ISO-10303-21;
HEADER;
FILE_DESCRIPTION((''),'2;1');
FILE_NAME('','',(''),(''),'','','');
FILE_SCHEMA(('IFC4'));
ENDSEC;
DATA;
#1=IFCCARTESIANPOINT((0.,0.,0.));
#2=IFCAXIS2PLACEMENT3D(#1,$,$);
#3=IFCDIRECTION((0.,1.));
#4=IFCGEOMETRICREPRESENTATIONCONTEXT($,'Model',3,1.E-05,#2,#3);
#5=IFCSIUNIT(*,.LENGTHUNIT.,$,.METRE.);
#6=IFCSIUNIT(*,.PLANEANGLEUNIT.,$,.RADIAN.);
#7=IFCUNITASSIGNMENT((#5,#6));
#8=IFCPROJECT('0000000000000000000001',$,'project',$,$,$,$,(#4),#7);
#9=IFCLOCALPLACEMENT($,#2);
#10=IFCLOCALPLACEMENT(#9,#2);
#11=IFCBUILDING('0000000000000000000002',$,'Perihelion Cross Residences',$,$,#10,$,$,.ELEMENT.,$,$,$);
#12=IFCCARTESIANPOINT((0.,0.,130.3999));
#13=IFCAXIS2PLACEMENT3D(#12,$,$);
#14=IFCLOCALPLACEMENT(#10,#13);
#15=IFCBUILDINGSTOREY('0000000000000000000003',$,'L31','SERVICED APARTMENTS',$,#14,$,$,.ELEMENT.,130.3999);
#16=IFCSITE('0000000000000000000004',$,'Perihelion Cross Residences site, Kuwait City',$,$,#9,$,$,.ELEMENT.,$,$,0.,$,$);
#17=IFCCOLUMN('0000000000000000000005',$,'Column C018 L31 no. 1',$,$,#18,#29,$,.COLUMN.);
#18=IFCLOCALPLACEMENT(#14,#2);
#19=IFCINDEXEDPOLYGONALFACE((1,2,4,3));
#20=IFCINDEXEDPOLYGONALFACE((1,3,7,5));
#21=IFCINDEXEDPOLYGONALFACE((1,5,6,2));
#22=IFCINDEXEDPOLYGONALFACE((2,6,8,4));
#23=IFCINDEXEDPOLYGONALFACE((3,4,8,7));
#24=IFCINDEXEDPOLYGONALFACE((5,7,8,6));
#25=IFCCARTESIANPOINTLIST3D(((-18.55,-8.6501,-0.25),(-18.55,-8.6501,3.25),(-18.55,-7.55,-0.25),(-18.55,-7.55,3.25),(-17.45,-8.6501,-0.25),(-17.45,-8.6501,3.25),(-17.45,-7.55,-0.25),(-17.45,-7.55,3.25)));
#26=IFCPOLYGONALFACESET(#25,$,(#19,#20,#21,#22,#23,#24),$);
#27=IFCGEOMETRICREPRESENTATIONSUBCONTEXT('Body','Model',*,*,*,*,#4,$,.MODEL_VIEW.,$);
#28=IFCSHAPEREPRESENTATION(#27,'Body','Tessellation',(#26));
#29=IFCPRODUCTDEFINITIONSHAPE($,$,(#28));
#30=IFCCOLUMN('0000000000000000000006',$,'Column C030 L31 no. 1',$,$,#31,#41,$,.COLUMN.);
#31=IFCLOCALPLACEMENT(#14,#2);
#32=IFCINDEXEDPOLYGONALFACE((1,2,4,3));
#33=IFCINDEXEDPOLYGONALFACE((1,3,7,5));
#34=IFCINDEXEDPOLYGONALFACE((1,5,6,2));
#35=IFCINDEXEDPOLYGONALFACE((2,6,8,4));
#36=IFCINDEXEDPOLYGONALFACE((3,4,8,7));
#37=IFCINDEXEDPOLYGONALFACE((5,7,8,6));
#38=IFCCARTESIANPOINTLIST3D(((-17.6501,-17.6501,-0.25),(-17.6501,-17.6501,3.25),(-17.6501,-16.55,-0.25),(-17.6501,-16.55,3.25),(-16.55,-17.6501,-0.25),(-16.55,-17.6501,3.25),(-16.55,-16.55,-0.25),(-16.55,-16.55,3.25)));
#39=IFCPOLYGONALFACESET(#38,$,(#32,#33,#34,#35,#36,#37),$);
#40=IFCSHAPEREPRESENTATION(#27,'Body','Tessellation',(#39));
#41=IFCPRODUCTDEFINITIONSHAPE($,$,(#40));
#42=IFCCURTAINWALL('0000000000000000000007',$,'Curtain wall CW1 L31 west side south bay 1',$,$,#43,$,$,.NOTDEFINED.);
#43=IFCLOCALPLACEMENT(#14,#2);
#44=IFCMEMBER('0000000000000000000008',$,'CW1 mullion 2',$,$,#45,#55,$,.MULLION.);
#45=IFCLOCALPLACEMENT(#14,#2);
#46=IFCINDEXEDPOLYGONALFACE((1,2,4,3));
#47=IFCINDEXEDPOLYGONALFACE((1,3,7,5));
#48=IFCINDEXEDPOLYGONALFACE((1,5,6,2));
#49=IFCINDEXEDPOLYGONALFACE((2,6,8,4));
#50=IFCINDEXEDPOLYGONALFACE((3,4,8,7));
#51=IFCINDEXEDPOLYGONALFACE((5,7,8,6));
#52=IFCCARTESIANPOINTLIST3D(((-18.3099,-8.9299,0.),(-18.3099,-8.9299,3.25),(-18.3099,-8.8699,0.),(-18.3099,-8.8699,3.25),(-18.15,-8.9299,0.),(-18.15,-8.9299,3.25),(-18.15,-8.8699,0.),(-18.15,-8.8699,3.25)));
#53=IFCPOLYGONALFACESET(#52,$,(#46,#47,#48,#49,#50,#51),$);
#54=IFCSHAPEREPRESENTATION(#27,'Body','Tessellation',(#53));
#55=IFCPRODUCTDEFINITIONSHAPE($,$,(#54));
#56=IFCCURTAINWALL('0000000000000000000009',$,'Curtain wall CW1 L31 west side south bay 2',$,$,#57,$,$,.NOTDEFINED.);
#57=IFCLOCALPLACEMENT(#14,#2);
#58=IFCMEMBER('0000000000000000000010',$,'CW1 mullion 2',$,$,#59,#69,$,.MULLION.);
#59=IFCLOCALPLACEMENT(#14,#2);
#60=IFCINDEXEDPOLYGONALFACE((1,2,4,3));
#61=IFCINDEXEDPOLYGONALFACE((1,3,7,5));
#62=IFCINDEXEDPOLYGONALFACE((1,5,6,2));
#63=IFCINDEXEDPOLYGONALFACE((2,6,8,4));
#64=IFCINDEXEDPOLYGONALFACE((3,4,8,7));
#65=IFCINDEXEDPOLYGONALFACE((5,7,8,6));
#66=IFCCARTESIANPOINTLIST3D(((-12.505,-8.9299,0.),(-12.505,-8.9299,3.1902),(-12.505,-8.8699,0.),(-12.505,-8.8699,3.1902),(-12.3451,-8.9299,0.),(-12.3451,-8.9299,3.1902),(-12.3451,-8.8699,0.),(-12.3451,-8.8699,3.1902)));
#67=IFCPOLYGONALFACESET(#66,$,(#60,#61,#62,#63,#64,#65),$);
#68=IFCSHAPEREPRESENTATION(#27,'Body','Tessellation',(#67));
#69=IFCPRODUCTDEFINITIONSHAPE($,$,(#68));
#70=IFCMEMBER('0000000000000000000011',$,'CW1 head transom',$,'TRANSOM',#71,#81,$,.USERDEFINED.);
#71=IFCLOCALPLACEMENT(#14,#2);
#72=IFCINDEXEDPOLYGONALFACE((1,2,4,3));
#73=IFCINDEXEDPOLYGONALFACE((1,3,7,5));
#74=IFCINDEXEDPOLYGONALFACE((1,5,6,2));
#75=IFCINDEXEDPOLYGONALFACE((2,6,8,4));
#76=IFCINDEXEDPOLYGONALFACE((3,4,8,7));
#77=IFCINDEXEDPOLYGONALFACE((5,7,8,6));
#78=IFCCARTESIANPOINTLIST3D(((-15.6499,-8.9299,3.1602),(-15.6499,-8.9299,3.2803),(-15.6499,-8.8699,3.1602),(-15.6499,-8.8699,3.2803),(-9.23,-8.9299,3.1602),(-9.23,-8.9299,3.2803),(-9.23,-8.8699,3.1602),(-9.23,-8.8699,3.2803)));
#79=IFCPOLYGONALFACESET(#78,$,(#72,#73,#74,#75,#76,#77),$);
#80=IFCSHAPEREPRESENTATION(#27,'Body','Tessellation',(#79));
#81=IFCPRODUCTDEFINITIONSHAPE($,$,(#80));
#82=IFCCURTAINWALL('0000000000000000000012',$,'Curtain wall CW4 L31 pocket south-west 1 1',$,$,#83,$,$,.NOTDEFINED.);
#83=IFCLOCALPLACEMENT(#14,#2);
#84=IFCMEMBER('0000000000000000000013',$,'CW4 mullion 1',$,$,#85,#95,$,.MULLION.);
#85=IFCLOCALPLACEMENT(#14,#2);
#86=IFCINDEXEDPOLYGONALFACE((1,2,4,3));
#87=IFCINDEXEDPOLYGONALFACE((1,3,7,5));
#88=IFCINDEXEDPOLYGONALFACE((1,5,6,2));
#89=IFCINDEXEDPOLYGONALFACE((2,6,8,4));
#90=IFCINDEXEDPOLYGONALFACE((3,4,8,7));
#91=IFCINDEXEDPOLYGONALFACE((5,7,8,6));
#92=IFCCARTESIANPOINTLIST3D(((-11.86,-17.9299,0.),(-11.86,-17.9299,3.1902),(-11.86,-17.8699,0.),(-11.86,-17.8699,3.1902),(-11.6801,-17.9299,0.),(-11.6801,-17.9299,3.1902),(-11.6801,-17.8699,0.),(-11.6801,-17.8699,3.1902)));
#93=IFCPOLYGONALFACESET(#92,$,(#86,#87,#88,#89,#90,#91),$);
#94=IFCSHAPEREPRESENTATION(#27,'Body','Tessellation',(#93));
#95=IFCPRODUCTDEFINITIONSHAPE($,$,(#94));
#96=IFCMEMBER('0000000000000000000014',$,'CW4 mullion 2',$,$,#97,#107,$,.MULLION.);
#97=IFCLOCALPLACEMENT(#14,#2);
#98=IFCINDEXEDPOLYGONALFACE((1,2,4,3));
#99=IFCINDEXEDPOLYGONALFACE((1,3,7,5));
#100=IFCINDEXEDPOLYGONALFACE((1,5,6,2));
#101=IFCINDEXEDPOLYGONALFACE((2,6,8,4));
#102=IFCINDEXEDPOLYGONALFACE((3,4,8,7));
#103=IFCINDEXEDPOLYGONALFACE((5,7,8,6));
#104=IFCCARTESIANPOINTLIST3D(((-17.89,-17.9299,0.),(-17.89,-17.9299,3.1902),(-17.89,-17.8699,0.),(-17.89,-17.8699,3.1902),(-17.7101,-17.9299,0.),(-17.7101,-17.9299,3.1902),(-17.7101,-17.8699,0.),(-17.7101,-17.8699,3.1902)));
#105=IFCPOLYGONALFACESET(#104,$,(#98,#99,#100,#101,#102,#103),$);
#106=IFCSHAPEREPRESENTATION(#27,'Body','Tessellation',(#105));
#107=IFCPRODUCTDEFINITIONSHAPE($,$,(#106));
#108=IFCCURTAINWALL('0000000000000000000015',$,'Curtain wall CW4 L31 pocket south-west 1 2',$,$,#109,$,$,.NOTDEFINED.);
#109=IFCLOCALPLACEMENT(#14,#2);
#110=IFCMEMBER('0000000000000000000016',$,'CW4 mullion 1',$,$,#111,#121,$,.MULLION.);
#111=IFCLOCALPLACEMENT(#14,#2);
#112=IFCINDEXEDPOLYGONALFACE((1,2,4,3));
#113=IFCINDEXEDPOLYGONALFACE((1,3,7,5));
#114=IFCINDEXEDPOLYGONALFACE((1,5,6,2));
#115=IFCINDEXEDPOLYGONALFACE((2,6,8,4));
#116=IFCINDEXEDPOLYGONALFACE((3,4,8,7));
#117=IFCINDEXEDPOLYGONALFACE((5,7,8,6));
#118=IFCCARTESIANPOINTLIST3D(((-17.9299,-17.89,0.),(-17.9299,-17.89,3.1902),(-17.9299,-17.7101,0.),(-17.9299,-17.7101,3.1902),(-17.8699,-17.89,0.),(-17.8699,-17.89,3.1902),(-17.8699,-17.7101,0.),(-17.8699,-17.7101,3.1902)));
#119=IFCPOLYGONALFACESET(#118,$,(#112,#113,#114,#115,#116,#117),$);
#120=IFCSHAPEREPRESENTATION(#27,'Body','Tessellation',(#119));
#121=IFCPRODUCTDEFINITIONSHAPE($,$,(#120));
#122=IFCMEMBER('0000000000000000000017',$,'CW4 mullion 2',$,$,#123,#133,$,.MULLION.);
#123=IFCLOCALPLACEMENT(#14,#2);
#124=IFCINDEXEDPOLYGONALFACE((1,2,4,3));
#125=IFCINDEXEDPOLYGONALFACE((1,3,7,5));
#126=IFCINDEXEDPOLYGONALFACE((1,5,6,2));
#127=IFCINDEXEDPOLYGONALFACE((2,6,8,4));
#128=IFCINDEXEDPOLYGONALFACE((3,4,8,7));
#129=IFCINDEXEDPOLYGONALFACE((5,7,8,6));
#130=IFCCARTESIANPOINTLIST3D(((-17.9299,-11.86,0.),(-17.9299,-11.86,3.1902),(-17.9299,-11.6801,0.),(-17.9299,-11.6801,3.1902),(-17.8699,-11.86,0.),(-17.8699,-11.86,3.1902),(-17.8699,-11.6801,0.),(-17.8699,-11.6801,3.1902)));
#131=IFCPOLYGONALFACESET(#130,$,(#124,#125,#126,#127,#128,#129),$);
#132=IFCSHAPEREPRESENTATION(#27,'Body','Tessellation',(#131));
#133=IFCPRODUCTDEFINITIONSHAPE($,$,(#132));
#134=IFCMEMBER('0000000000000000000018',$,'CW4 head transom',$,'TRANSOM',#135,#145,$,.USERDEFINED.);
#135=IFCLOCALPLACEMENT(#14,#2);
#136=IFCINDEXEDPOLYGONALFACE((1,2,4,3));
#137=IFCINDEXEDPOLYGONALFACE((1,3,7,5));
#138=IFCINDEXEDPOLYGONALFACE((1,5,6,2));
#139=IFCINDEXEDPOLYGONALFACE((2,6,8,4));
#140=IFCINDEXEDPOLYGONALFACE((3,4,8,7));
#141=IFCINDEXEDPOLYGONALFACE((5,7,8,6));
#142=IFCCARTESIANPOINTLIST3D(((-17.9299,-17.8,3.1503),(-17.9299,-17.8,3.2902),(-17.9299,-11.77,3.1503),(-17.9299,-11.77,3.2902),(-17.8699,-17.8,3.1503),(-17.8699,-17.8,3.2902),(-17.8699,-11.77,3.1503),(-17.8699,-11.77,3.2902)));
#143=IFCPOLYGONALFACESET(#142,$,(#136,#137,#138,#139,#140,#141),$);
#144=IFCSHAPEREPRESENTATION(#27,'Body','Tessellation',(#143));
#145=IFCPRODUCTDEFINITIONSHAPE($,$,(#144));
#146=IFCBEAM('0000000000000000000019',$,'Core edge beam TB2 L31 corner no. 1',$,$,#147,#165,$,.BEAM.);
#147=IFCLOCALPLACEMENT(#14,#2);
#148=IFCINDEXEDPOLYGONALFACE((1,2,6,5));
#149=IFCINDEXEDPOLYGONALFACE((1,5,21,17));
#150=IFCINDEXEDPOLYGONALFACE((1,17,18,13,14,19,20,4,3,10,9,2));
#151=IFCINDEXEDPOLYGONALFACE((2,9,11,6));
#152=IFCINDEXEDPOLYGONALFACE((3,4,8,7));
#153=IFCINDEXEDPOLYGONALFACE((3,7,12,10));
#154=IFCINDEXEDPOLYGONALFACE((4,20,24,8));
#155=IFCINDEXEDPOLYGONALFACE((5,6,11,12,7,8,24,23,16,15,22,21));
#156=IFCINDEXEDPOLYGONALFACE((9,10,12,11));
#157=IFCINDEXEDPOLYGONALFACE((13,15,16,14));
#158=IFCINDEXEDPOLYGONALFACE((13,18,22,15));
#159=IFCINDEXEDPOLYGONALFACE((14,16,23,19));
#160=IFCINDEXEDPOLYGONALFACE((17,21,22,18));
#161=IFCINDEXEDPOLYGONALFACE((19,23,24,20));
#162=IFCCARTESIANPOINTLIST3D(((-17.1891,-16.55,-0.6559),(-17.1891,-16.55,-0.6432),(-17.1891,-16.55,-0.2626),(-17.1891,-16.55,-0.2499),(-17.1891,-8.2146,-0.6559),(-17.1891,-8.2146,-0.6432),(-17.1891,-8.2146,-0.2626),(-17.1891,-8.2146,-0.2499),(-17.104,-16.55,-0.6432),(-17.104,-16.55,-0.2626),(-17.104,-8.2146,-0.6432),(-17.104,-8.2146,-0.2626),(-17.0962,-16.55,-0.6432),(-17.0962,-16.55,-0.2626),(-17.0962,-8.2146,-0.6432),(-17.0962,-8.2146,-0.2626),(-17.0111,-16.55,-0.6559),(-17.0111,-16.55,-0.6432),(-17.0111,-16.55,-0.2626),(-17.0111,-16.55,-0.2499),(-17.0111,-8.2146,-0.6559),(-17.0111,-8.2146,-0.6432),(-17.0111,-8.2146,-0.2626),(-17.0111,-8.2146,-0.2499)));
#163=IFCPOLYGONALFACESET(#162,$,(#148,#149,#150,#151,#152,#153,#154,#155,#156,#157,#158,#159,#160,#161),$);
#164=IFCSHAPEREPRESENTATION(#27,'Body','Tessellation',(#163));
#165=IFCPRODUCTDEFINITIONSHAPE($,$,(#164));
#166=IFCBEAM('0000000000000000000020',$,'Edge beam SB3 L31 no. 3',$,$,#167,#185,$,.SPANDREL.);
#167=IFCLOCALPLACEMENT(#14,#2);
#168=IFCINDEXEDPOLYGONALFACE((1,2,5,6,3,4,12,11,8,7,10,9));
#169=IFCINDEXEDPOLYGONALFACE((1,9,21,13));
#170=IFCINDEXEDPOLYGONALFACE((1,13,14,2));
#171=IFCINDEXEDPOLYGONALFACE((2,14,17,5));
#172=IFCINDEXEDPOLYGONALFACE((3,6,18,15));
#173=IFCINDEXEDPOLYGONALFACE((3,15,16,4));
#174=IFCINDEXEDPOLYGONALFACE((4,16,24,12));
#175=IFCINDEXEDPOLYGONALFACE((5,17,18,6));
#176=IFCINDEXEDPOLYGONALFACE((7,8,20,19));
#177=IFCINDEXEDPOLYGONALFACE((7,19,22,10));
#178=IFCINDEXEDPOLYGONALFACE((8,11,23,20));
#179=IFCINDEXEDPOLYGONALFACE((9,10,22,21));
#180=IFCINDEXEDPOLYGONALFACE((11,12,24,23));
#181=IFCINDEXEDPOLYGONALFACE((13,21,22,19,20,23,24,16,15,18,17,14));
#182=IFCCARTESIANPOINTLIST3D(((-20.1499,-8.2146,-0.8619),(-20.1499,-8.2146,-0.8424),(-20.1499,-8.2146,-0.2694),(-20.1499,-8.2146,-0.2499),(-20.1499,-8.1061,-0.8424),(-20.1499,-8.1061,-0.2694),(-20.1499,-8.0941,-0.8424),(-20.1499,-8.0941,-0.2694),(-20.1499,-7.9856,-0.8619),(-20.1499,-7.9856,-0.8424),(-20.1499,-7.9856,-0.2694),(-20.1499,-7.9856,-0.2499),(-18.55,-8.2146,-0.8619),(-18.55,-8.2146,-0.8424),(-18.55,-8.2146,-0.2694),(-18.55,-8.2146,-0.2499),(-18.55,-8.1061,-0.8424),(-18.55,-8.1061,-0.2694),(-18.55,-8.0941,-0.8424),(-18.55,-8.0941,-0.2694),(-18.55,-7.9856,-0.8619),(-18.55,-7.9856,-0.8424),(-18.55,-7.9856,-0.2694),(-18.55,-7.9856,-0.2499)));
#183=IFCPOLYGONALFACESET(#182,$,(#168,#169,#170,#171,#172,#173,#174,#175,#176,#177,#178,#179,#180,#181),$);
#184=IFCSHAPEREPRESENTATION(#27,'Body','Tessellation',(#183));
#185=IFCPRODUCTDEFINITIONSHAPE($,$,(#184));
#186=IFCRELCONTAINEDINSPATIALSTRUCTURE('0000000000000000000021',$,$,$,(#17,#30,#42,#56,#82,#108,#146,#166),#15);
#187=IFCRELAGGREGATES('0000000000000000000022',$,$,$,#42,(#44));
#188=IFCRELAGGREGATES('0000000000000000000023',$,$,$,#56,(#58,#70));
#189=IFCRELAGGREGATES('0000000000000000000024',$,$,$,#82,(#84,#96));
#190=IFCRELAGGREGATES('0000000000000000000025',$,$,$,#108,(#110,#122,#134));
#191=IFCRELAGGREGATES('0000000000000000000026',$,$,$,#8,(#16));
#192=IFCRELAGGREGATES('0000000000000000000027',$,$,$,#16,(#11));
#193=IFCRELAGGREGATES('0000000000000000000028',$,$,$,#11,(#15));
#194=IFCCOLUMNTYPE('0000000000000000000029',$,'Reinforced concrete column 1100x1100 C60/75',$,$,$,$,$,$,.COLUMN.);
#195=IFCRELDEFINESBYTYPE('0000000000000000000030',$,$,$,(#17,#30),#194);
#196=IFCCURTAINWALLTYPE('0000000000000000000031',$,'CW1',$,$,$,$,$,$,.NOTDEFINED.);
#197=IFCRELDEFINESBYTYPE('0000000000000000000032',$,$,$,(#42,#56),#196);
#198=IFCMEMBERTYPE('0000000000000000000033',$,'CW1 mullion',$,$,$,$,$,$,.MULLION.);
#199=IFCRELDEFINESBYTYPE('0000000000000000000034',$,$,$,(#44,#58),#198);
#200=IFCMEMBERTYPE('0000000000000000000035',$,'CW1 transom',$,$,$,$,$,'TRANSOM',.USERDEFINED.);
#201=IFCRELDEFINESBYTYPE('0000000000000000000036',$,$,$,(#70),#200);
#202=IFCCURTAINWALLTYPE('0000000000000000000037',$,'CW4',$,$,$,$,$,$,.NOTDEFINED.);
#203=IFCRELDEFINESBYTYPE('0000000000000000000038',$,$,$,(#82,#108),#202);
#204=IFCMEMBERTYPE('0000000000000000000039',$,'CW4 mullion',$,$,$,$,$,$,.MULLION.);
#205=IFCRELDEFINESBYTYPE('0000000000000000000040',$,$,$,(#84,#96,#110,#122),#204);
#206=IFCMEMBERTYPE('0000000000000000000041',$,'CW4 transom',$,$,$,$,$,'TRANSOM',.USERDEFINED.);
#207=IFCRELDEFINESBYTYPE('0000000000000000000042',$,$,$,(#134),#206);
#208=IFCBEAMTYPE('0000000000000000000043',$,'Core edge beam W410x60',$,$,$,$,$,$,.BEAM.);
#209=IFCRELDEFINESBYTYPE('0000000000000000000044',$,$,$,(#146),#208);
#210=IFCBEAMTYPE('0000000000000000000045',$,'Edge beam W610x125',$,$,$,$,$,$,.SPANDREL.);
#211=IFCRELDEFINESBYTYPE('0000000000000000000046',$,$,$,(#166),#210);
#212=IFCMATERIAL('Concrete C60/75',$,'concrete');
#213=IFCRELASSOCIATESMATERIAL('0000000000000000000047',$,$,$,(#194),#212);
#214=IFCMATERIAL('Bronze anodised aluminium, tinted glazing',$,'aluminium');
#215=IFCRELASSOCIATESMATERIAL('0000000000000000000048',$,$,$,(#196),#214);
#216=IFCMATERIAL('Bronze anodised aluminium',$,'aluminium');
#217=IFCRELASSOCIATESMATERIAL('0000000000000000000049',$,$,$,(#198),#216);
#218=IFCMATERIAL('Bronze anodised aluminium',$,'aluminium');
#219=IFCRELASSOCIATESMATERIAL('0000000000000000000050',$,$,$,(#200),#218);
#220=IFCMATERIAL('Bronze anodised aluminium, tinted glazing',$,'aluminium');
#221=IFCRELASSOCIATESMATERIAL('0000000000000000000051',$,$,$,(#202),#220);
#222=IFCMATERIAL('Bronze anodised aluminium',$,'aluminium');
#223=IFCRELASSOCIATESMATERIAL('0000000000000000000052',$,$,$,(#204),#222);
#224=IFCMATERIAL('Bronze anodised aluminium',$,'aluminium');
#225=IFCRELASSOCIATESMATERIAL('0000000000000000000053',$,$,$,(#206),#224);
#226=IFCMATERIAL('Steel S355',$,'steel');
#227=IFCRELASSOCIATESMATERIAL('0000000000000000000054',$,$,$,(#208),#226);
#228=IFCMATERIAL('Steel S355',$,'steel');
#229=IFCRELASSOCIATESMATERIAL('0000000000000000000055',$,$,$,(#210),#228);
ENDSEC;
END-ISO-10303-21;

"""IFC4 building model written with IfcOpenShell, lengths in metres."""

from ifc_helpers import new_model, si_unit, direction, frame, origin, origin_2d, place, context, subcontext, project, spatial, rectangle, i_section, extrude, material, material_profile, profile_set, type_object, element, aggregate, save


model = new_model("IFC4")

# Units and contexts
model_context = context("Model", 3, precision=1e-05, world=origin(), true_north=direction((0.0, 1.0)))
body_context = subcontext(model_context, "Body", "Model", "MODEL_VIEW")
ifc_project = project(units=[si_unit("LENGTHUNIT", "METRE"), si_unit("PLANEANGLEUNIT", "RADIAN")], contexts=[model_context])

# Site, building, storey
site_placement = place(None, origin())
site = spatial("IfcSite", under=ifc_project, at=site_placement, Name="Perihelion Cross Residences site, Kuwait City", CompositionType="ELEMENT", RefElevation=0.0)
building_placement = place(site_placement, origin())
building = spatial("IfcBuilding", under=site, at=building_placement, Name="Perihelion Cross Residences", CompositionType="ELEMENT")
storey_placement = place(building_placement, frame((0.0, 0.0, 130.3999)))
storey = spatial("IfcBuildingStorey", under=building, at=storey_placement, Name="L31", Description="SERVICED APARTMENTS", CompositionType="ELEMENT", Elevation=130.3999)

# Columns
ifc_material_1 = material(Name="Concrete C60/75", Category="concrete")
ifc_material_profile_1 = material_profile(ifc_material_1, rectangle(XDim=1.1001, YDim=1.1001, at=origin_2d()), Name="RC 1100x1100")
ifc_profile_set_1 = profile_set([ifc_material_profile_1], Name="Concrete C60/75")
column_type = type_object("IfcColumnType", Name="Reinforced concrete column 1100x1100 C60/75", PredefinedType="COLUMN", material=ifc_profile_set_1)
for number, where, z_axis, x_axis, name in (
    (1, (-18.0, -8.1001, -0.25), (0.0, 0.0, 1.0), (1.0, 0.0, 0.0), "Column C018 L31 no. 1"),
    (2, (-17.1001, -17.1001, -0.25), (0.0, 0.0, 1.0), (1.0, 0.0, 0.0), "Column C030 L31 no. 1"),
):
    element("IfcColumn", number, at=place(storey_placement, frame(where, z_axis=z_axis, x_axis=x_axis)), inside=storey, type_object=column_type, Name=name, PredefinedType="COLUMN", context=body_context, shape_type="SweptSolid", body=[
        extrude(rectangle(XDim=1.1001, YDim=1.1001, at=origin_2d()), origin(), (0.0, 0.0, 1.0), 3.5),
    ])

# Curtain wall, member
ifc_material_2 = material(Name="Bronze anodised aluminium, tinted glazing", Category="aluminium")
curtain_wall_type_1 = type_object("IfcCurtainWallType", Name="CW1", PredefinedType="NOTDEFINED", material=ifc_material_2)
curtain_wall_1_placement = place(storey_placement, origin())
curtain_wall_1 = element("IfcCurtainWall", 3, at=curtain_wall_1_placement, inside=storey, type_object=curtain_wall_type_1, Name="Curtain wall CW1 L31 west side south bay 1", PredefinedType="NOTDEFINED")
ifc_material_3 = material(Name="Bronze anodised aluminium", Category="aluminium")
ifc_material_profile_2 = material_profile(ifc_material_3, rectangle(XDim=0.0601, YDim=0.1599, at=origin_2d()), Name="CW1 mullion")
ifc_profile_set_2 = profile_set([ifc_material_profile_2], Name="Bronze anodised aluminium")
member_type_1 = type_object("IfcMemberType", Name="CW1 mullion", PredefinedType="MULLION", material=ifc_profile_set_2)
member_1_placement = place(storey_placement, frame((-18.23, -8.8999, 0.0), z_axis=(0.0, 0.0, 1.0), x_axis=(0.0, 1.0, 0.0)))
member_1 = element("IfcMember", 4, at=member_1_placement, type_object=member_type_1, Name="CW1 mullion 2", PredefinedType="MULLION", context=body_context, shape_type="SweptSolid", body=[
    extrude(rectangle(XDim=0.0601, YDim=0.1599, at=origin_2d()), origin(), (0.0, 0.0, 1.0), 3.25),
])

# Curtain walls, members
curtain_wall_2_placement = place(storey_placement, origin())
curtain_wall_2 = element("IfcCurtainWall", 5, at=curtain_wall_2_placement, inside=storey, type_object=curtain_wall_type_1, Name="Curtain wall CW1 L31 west side south bay 2", PredefinedType="NOTDEFINED")
member_2_placement = place(storey_placement, frame((-12.425, -8.8999, 0.0), z_axis=(0.0, 0.0, 1.0), x_axis=(0.0, 1.0, 0.0)))
member_2 = element("IfcMember", 6, at=member_2_placement, type_object=member_type_1, Name="CW1 mullion 2", PredefinedType="MULLION", context=body_context, shape_type="SweptSolid", body=[
    extrude(rectangle(XDim=0.0601, YDim=0.1599, at=origin_2d()), origin(), (0.0, 0.0, 1.0), 3.1902),
])
ifc_material_4 = material(Name="Bronze anodised aluminium", Category="aluminium")
ifc_material_profile_3 = material_profile(ifc_material_4, rectangle(XDim=0.0601, YDim=0.1201, at=origin_2d()), Name="CW1 transom")
ifc_profile_set_3 = profile_set([ifc_material_profile_3], Name="Bronze anodised aluminium")
member_type_2 = type_object("IfcMemberType", Name="CW1 transom", ElementType="TRANSOM", PredefinedType="USERDEFINED", material=ifc_profile_set_3)
member_3_placement = place(storey_placement, frame((-15.6499, -8.8999, 3.2202), z_axis=(1.0, 0.0, 0.0), x_axis=(0.0, 1.0, 0.0)))
member_3 = element("IfcMember", 7, at=member_3_placement, type_object=member_type_2, Name="CW1 head transom", ObjectType="TRANSOM", PredefinedType="USERDEFINED", context=body_context, shape_type="SweptSolid", body=[
    extrude(rectangle(XDim=0.0601, YDim=0.1201, at=origin_2d()), origin(), (0.0, 0.0, 1.0), 6.4199),
])
ifc_material_5 = material(Name="Bronze anodised aluminium, tinted glazing", Category="aluminium")
curtain_wall_type_2 = type_object("IfcCurtainWallType", Name="CW4", PredefinedType="NOTDEFINED", material=ifc_material_5)
curtain_wall_3_placement = place(storey_placement, origin())
curtain_wall_3 = element("IfcCurtainWall", 8, at=curtain_wall_3_placement, inside=storey, type_object=curtain_wall_type_2, Name="Curtain wall CW4 L31 pocket south-west 1 1", PredefinedType="NOTDEFINED")
ifc_material_6 = material(Name="Bronze anodised aluminium", Category="aluminium")
ifc_material_profile_4 = material_profile(ifc_material_6, rectangle(XDim=0.0601, YDim=0.1799, at=origin_2d()), Name="CW4 mullion")
ifc_profile_set_4 = profile_set([ifc_material_profile_4], Name="Bronze anodised aluminium")
member_type_3 = type_object("IfcMemberType", Name="CW4 mullion", PredefinedType="MULLION", material=ifc_profile_set_4)
member_4_placement = place(storey_placement, frame((-11.77, -17.8999, 0.0), z_axis=(0.0, 0.0, 1.0), x_axis=(0.0, -1.0, 0.0)))
member_4 = element("IfcMember", 9, at=member_4_placement, type_object=member_type_3, Name="CW4 mullion 1", PredefinedType="MULLION", context=body_context, shape_type="SweptSolid", body=[
    extrude(rectangle(XDim=0.0601, YDim=0.1799, at=origin_2d()), origin(), (0.0, 0.0, 1.0), 3.1902),
])
member_5_placement = place(storey_placement, frame((-17.8, -17.8999, 0.0), z_axis=(0.0, 0.0, 1.0), x_axis=(0.0, -1.0, 0.0)))
member_5 = element("IfcMember", 10, at=member_5_placement, type_object=member_type_3, Name="CW4 mullion 2", PredefinedType="MULLION", context=body_context, shape_type="SweptSolid", body=[
    extrude(rectangle(XDim=0.0601, YDim=0.1799, at=origin_2d()), origin(), (0.0, 0.0, 1.0), 3.1902),
])
curtain_wall_4_placement = place(storey_placement, origin())
curtain_wall_4 = element("IfcCurtainWall", 11, at=curtain_wall_4_placement, inside=storey, type_object=curtain_wall_type_2, Name="Curtain wall CW4 L31 pocket south-west 1 2", PredefinedType="NOTDEFINED")
member_6_placement = place(storey_placement, frame((-17.8999, -17.8, 0.0), z_axis=(0.0, 0.0, 1.0), x_axis=(-1.0, 0.0, 0.0)))
member_6 = element("IfcMember", 12, at=member_6_placement, type_object=member_type_3, Name="CW4 mullion 1", PredefinedType="MULLION", context=body_context, shape_type="SweptSolid", body=[
    extrude(rectangle(XDim=0.0601, YDim=0.1799, at=origin_2d()), origin(), (0.0, 0.0, 1.0), 3.1902),
])
member_7_placement = place(storey_placement, frame((-17.8999, -11.77, 0.0), z_axis=(0.0, 0.0, 1.0), x_axis=(-1.0, 0.0, 0.0)))
member_7 = element("IfcMember", 13, at=member_7_placement, type_object=member_type_3, Name="CW4 mullion 2", PredefinedType="MULLION", context=body_context, shape_type="SweptSolid", body=[
    extrude(rectangle(XDim=0.0601, YDim=0.1799, at=origin_2d()), origin(), (0.0, 0.0, 1.0), 3.1902),
])
ifc_material_7 = material(Name="Bronze anodised aluminium", Category="aluminium")
ifc_material_profile_5 = material_profile(ifc_material_7, rectangle(XDim=0.0601, YDim=0.1399, at=origin_2d()), Name="CW4 transom")
ifc_profile_set_5 = profile_set([ifc_material_profile_5], Name="Bronze anodised aluminium")
member_type_4 = type_object("IfcMemberType", Name="CW4 transom", ElementType="TRANSOM", PredefinedType="USERDEFINED", material=ifc_profile_set_5)
member_8_placement = place(storey_placement, frame((-17.8999, -17.8, 3.2202), z_axis=(0.0, 1.0, 0.0), x_axis=(-1.0, 0.0, 0.0)))
member_8 = element("IfcMember", 14, at=member_8_placement, type_object=member_type_4, Name="CW4 head transom", ObjectType="TRANSOM", PredefinedType="USERDEFINED", context=body_context, shape_type="SweptSolid", body=[
    extrude(rectangle(XDim=0.0601, YDim=0.1399, at=origin_2d()), origin(), (0.0, 0.0, 1.0), 6.03),
])

# Beams
ifc_material_8 = material(Name="Steel S355", Category="steel")
ifc_material_profile_6 = material_profile(ifc_material_8, i_section(OverallWidth=0.178, OverallDepth=0.406, WebThickness=0.0078, FlangeThickness=0.0127, at=origin_2d()), Name="W410x60")
ifc_profile_set_6 = profile_set([ifc_material_profile_6], Name="Steel S355")
beam_type_1 = type_object("IfcBeamType", Name="Core edge beam W410x60", PredefinedType="BEAM", material=ifc_profile_set_6)
beam_1_placement = place(storey_placement, frame((-17.1001, -8.2146, -0.4529), z_axis=(0.0, -1.0, 0.0), x_axis=(1.0, 0.0, 0.0)))
element("IfcBeam", 15, at=beam_1_placement, inside=storey, type_object=beam_type_1, Name="Core edge beam TB2 L31 corner no. 1", PredefinedType="BEAM", context=body_context, shape_type="SweptSolid", body=[
    extrude(i_section(OverallWidth=0.178, OverallDepth=0.406, WebThickness=0.0078, FlangeThickness=0.0127, at=origin_2d()), origin(), (0.0, 0.0, 1.0), 8.3354),
])
ifc_material_9 = material(Name="Steel S355", Category="steel")
ifc_material_profile_7 = material_profile(ifc_material_9, i_section(OverallWidth=0.229, OverallDepth=0.6121, WebThickness=0.012, FlangeThickness=0.0195, at=origin_2d()), Name="W610x125")
ifc_profile_set_7 = profile_set([ifc_material_profile_7], Name="Steel S355")
beam_type_2 = type_object("IfcBeamType", Name="Edge beam W610x125", PredefinedType="SPANDREL", material=ifc_profile_set_7)
beam_2_placement = place(storey_placement, frame((-20.1499, -8.1001, -0.5559), z_axis=(1.0, 0.0, 0.0), x_axis=(0.0, 1.0, 0.0)))
element("IfcBeam", 16, at=beam_2_placement, inside=storey, type_object=beam_type_2, Name="Edge beam SB3 L31 no. 3", PredefinedType="SPANDREL", context=body_context, shape_type="SweptSolid", body=[
    extrude(i_section(OverallWidth=0.229, OverallDepth=0.6121, WebThickness=0.012, FlangeThickness=0.0195, at=origin_2d()), origin(), (0.0, 0.0, 1.0), 1.5999),
])

aggregate(curtain_wall_1, [member_1])
aggregate(curtain_wall_2, [member_2, member_3])
aggregate(curtain_wall_3, [member_4, member_5])
aggregate(curtain_wall_4, [member_6, member_7, member_8])

save(model, "model.ifc")
